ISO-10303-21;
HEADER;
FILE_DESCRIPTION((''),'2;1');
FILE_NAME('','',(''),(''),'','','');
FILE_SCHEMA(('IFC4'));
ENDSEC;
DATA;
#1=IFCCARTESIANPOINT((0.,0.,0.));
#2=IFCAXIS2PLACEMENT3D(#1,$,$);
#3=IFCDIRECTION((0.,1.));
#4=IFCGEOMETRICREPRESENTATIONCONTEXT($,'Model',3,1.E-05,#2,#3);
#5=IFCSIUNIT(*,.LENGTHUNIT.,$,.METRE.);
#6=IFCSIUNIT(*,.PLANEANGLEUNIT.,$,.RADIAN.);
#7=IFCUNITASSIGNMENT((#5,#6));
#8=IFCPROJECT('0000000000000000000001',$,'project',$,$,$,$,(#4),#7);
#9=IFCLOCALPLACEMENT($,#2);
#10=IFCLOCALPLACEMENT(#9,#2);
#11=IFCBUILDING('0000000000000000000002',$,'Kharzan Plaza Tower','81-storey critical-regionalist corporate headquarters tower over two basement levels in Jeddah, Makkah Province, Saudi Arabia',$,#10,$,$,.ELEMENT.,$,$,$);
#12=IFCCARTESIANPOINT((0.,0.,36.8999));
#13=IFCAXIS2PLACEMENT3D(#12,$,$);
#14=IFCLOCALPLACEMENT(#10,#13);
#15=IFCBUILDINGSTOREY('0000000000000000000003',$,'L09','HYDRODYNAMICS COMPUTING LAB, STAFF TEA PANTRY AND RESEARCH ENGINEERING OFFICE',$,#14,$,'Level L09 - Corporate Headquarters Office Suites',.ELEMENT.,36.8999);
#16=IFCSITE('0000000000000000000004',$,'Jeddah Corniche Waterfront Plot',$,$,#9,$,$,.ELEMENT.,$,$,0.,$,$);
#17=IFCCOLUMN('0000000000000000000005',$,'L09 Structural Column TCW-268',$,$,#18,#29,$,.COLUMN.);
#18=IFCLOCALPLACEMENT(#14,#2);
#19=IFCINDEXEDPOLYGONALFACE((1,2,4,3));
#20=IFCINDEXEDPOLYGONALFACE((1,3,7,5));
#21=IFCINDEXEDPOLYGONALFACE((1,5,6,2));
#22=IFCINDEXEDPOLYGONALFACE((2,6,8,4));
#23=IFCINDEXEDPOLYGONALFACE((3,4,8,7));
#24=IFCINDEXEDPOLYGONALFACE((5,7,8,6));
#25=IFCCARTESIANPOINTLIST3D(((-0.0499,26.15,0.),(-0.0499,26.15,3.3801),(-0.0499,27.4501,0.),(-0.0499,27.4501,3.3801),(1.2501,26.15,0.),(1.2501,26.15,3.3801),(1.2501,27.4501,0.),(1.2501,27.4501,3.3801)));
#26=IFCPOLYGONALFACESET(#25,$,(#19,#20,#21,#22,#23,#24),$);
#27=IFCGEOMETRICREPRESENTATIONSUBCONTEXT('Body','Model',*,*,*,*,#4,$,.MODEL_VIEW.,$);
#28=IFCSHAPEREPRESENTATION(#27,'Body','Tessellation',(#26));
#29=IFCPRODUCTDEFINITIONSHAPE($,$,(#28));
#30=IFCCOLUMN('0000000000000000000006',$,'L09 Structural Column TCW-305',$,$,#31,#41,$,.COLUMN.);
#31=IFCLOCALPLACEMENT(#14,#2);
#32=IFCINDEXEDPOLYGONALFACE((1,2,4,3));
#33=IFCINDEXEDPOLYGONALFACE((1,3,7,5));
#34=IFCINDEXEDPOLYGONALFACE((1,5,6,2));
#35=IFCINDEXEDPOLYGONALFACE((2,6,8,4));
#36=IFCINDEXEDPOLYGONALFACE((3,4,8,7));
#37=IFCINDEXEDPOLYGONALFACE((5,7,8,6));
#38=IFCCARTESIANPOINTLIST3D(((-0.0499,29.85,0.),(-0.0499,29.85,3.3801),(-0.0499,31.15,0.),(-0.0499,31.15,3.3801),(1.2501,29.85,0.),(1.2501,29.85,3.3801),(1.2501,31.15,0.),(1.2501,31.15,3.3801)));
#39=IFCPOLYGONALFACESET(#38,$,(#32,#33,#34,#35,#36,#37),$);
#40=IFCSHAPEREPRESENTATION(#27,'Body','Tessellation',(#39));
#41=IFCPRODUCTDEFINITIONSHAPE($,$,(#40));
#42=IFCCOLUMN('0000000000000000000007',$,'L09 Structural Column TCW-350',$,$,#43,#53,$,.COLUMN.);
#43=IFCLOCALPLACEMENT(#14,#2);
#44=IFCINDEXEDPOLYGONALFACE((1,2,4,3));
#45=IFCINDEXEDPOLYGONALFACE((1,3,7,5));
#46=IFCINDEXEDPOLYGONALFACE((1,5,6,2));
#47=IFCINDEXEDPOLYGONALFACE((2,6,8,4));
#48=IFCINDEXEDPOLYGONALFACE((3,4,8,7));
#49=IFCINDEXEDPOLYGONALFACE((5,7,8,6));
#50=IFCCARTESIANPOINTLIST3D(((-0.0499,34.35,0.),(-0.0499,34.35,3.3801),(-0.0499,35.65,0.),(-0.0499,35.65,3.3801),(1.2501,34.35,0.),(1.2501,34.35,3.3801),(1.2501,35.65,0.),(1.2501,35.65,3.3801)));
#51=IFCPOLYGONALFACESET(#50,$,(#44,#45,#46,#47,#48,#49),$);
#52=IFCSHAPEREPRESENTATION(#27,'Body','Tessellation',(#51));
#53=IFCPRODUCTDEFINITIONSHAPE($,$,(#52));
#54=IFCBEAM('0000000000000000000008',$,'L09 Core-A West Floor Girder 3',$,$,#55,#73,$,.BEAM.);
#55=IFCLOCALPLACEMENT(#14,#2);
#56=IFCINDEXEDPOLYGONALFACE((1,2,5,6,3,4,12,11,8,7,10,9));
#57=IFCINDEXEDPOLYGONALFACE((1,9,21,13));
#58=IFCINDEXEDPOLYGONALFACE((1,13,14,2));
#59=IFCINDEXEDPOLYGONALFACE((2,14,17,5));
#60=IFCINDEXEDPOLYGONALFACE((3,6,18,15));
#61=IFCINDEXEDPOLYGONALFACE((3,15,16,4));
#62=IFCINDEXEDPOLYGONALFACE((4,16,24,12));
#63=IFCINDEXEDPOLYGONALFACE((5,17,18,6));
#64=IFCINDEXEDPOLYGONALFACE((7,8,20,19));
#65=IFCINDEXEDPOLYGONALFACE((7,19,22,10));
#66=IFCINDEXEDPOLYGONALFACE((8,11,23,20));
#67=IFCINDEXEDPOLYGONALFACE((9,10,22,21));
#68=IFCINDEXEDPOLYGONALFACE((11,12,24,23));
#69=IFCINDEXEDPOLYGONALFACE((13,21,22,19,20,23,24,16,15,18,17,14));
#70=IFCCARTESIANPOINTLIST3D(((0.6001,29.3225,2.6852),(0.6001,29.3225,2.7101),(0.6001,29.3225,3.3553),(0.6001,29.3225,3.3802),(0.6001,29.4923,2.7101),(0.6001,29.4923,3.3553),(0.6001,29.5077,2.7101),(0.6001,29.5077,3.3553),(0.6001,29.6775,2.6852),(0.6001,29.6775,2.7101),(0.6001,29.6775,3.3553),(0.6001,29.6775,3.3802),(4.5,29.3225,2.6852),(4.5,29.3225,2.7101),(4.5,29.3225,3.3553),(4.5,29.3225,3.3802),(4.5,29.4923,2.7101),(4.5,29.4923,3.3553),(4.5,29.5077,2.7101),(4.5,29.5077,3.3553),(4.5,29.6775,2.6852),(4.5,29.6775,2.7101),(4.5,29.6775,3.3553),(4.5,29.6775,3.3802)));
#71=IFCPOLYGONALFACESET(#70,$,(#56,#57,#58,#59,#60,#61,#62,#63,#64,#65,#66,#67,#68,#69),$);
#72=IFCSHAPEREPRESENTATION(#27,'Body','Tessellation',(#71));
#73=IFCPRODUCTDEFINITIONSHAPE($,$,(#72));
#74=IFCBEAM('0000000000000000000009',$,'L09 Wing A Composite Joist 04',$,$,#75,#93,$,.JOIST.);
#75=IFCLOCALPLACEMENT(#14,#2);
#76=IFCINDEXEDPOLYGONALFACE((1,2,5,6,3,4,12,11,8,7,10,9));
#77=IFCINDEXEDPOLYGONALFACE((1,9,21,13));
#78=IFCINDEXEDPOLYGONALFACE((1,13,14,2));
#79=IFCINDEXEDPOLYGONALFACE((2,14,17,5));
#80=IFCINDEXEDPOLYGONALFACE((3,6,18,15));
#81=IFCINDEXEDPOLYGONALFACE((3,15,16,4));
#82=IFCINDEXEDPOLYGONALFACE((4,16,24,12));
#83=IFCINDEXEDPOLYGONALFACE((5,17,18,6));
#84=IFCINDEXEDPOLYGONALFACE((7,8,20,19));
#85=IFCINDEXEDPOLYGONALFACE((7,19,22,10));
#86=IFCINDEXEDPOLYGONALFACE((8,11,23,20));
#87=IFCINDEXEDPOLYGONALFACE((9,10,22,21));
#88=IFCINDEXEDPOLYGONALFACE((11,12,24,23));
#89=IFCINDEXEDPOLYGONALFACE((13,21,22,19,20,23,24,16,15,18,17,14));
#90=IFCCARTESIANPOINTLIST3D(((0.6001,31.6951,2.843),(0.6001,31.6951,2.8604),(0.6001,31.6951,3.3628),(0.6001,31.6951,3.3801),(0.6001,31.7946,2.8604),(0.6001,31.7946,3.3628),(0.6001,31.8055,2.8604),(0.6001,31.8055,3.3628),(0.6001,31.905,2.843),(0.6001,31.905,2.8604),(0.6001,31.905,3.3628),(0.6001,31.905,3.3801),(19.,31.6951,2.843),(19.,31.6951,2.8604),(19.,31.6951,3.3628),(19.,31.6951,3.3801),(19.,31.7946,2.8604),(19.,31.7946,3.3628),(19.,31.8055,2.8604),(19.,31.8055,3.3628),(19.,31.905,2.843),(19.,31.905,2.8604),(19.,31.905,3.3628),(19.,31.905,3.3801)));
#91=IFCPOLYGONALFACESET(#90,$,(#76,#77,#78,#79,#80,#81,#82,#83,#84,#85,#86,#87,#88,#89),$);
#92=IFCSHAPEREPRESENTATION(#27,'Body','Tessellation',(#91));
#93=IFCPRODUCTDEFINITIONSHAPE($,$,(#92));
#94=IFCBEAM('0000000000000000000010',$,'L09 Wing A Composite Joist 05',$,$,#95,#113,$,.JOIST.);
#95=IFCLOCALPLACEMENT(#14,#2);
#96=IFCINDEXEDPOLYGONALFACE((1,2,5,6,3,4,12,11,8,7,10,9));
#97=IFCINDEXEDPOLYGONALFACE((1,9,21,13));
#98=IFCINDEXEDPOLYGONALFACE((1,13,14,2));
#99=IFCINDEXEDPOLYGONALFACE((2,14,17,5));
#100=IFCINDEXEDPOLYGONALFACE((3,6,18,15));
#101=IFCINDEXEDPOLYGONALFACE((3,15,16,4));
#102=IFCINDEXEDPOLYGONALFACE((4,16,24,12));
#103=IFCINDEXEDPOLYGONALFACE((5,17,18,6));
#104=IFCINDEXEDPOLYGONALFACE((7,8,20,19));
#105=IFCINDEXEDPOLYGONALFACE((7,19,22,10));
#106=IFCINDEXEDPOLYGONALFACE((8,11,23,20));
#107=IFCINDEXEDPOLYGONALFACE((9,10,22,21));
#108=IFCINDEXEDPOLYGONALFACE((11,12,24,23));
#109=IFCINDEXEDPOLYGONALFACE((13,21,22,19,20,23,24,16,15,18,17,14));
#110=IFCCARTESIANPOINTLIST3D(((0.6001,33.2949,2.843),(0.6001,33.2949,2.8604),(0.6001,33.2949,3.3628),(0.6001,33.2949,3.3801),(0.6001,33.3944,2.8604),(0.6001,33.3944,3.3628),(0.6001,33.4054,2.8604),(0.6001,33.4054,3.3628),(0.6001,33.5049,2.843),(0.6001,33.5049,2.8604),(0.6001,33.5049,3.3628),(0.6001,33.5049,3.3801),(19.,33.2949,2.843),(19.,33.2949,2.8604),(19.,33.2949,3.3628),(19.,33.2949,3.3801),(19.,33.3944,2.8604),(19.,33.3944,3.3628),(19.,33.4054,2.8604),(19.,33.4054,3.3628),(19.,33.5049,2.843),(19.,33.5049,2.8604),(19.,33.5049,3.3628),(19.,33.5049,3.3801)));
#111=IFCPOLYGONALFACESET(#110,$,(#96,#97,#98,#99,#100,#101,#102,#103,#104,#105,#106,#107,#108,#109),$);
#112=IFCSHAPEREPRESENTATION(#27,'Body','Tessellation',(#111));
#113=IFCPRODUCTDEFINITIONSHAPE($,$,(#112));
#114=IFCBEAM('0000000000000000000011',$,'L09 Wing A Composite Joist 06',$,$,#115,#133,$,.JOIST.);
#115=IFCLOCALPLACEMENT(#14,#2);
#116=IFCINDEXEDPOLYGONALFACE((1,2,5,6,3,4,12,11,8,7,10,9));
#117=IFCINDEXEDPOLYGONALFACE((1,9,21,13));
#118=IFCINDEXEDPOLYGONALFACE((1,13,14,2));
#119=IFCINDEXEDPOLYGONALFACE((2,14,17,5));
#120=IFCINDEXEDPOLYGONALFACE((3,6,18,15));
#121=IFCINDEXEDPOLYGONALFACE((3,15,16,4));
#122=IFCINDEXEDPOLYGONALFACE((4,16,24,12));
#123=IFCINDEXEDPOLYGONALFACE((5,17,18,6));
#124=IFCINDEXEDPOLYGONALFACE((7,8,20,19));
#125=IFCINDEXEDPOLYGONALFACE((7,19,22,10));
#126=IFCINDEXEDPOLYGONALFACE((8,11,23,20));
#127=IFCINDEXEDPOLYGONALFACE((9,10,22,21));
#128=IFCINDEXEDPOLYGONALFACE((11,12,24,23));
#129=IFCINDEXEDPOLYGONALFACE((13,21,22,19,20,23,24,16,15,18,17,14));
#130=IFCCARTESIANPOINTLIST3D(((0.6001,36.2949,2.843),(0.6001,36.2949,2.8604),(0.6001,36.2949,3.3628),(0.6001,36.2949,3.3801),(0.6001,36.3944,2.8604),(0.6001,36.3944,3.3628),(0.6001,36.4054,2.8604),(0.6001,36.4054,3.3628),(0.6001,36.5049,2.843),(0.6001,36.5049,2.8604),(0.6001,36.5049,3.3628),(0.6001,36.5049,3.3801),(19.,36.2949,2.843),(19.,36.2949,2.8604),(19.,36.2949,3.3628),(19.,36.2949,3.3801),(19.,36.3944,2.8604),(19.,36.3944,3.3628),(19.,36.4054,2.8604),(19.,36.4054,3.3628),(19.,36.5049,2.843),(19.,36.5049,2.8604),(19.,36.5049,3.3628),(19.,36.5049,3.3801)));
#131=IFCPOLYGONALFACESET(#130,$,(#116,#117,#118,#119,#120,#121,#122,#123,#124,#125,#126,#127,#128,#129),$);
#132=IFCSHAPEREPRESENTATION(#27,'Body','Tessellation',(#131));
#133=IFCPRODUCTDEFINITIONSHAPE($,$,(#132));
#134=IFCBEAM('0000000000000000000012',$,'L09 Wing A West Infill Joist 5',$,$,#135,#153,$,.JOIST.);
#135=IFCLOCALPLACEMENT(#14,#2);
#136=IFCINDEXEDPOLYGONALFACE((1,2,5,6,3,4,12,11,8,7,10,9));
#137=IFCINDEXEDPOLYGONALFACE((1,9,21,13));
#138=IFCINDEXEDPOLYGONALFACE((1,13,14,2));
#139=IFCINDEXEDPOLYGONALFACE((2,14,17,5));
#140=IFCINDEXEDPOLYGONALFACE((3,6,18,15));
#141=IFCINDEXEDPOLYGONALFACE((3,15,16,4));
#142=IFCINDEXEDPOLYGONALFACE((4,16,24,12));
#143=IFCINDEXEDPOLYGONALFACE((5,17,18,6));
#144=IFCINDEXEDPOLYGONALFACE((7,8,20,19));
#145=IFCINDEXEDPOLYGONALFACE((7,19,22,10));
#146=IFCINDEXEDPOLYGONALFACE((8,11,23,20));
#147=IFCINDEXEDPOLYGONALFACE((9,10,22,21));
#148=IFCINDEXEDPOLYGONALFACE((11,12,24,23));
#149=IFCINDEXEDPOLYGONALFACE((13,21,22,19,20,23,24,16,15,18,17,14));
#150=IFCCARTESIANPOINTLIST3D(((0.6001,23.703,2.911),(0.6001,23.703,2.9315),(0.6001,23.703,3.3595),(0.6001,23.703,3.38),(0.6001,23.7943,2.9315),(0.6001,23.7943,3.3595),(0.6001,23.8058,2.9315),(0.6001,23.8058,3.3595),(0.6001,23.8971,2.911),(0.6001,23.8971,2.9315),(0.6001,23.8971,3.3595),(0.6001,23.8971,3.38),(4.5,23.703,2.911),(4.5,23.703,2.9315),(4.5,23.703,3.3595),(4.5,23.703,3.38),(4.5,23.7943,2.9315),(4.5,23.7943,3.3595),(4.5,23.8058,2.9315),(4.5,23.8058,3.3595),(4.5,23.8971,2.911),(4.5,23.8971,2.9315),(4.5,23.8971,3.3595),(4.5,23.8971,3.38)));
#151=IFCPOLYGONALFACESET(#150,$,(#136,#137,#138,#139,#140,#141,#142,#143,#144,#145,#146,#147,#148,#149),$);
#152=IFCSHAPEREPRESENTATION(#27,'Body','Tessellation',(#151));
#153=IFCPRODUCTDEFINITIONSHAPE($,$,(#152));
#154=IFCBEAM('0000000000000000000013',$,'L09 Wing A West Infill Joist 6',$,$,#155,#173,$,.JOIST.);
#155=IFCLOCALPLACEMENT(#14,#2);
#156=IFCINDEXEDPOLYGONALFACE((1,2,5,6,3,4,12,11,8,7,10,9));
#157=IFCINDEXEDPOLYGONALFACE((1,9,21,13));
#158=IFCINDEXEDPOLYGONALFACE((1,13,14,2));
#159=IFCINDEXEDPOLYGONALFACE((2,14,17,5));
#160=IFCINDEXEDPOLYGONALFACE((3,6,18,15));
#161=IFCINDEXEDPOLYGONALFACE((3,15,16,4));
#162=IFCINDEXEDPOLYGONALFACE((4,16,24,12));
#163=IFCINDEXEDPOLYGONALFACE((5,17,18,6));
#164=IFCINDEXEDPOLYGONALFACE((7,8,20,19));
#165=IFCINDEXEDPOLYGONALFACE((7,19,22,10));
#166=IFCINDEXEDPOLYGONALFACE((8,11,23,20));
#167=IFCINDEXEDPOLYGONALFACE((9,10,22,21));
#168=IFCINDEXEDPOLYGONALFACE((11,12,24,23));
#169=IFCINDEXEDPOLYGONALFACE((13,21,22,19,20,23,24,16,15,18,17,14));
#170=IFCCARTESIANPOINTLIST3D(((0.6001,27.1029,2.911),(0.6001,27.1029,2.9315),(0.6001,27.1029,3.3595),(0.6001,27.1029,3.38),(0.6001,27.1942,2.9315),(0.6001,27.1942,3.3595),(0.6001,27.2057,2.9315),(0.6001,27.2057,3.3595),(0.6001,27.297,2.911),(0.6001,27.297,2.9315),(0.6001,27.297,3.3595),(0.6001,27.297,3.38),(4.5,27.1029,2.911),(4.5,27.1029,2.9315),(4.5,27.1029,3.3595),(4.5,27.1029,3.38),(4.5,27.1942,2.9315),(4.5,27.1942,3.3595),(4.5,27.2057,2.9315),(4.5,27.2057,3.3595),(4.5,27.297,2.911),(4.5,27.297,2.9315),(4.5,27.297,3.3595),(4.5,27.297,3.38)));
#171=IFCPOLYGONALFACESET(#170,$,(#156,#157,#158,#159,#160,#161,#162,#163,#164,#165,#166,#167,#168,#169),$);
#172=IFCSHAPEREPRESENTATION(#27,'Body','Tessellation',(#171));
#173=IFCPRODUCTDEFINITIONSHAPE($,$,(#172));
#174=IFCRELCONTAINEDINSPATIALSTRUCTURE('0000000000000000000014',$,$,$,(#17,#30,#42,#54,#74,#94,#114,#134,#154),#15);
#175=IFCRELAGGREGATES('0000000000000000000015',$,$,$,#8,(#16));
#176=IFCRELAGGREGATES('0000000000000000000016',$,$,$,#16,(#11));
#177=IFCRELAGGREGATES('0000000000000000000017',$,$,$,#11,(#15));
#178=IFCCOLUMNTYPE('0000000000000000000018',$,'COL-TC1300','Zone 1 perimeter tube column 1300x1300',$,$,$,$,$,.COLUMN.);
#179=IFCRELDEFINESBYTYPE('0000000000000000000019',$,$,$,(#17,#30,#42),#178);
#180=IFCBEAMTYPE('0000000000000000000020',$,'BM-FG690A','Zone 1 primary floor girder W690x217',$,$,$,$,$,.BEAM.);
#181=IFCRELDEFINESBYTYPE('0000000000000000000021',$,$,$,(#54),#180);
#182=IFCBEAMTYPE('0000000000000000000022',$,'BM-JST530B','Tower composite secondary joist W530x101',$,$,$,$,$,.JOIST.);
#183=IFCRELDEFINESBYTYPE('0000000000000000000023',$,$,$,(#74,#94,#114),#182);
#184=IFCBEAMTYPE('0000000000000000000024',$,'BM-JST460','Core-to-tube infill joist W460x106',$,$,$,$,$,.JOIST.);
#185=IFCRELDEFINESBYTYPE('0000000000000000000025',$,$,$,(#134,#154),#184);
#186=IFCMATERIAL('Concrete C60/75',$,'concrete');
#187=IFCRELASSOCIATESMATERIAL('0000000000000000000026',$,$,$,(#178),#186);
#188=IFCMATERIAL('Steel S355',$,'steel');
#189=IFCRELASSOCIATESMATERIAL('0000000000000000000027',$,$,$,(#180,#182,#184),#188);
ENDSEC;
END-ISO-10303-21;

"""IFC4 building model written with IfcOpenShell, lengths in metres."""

from ifc_helpers import new_model, si_unit, direction, frame, origin, origin_2d, place, context, subcontext, project, spatial, rectangle, i_section, extrude, source, transform, mapped, material, material_profile, profile_set, type_object, element, save


model = new_model("IFC4")

# Units and contexts
model_context = context("Model", 3, precision=1e-05, world=origin(), true_north=direction((0.0, 1.0)))
body_context = subcontext(model_context, "Body", "Model", "MODEL_VIEW")
ifc_project = project(units=[si_unit("LENGTHUNIT", "METRE"), si_unit("PLANEANGLEUNIT", "RADIAN")], contexts=[model_context])

# Site, building, storey
site_placement = place(None, origin())
site = spatial("IfcSite", under=ifc_project, at=site_placement, Name="Jeddah Corniche Waterfront Plot", CompositionType="ELEMENT", RefElevation=0.0)
building_placement = place(site_placement, origin())
building = spatial("IfcBuilding", under=site, at=building_placement, Name="Kharzan Plaza Tower", Description="81-storey critical-regionalist corporate headquarters tower over two basement levels in Jeddah, Makkah Province, Saudi Arabia", CompositionType="ELEMENT")
storey_placement = place(building_placement, frame((0.0, 0.0, 36.8999)))
storey = spatial("IfcBuildingStorey", under=building, at=storey_placement, Name="L09", Description="HYDRODYNAMICS COMPUTING LAB, STAFF TEA PANTRY AND RESEARCH ENGINEERING OFFICE", LongName="Level L09 - Corporate Headquarters Office Suites", CompositionType="ELEMENT", Elevation=36.8999)

# Columns
ifc_material_1 = material(Name="Concrete C60/75", Category="concrete")
ifc_material_profile_1 = material_profile(ifc_material_1, rectangle(XDim=1.3, YDim=1.3, at=origin_2d()), Name="RC-TC1300x1300")
ifc_profile_set_1 = profile_set([ifc_material_profile_1], Name="Concrete C60/75")
column_type = type_object("IfcColumnType", Name="COL-TC1300", Description="Zone 1 perimeter tube column 1300x1300", PredefinedType="COLUMN", material=ifc_profile_set_1)
shared_shape_1 = source(origin(), body_context, "Body", "SweptSolid", [
    extrude(rectangle(XDim=1.3, YDim=1.3, at=origin_2d()), origin(), (0.0, 0.0, 1.0), 3.3801),
])
for number, where, z_axis, x_axis, name in (
    (1, (0.6001, 26.8, 0.0), (0.0, 0.0, 1.0), (1.0, 0.0, 0.0), "L09 Structural Column TCW-268"),
    (2, (0.6001, 30.5, 0.0), (0.0, 0.0, 1.0), (1.0, 0.0, 0.0), "L09 Structural Column TCW-305"),
    (3, (0.6001, 35.0, 0.0), (0.0, 0.0, 1.0), (1.0, 0.0, 0.0), "L09 Structural Column TCW-350"),
):
    element("IfcColumn", number, at=place(storey_placement, frame(where, z_axis=z_axis, x_axis=x_axis)), inside=storey, type_object=column_type, Name=name, PredefinedType="COLUMN", context=body_context, shape_type="MappedRepresentation", body=[
        mapped(shared_shape_1, transform((0.0, 0.0, 0.0), x_axis=(1.0, 0.0, 0.0), y_axis=(0.0, 1.0, 0.0), z_axis=(0.0, 0.0, 1.0))),
    ])

# Beams
ifc_material_2 = material(Name="Steel S355", Category="steel")
ifc_material_profile_2 = material_profile(ifc_material_2, i_section(OverallWidth=0.355, OverallDepth=0.6951, WebThickness=0.0154, FlangeThickness=0.0249, at=origin_2d()), Name="W690x217")
ifc_profile_set_2 = profile_set([ifc_material_profile_2], Name="Steel S355")
beam_type_1 = type_object("IfcBeamType", Name="BM-FG690A", Description="Zone 1 primary floor girder W690x217", PredefinedType="BEAM", material=ifc_profile_set_2)
shared_shape_2 = source(origin(), body_context, "Body", "SweptSolid", [
    extrude(i_section(OverallWidth=0.355, OverallDepth=0.6951, WebThickness=0.0154, FlangeThickness=0.0249, at=origin_2d()), origin(), (0.0, 0.0, 1.0), 3.8999),
])
beam_1_placement = place(storey_placement, frame((0.6001, 29.5, 3.0327), z_axis=(1.0, 0.0, 0.0), x_axis=(0.0, 1.0, 0.0)))
element("IfcBeam", 4, at=beam_1_placement, inside=storey, type_object=beam_type_1, Name="L09 Core-A West Floor Girder 3", PredefinedType="BEAM", context=body_context, shape_type="MappedRepresentation", body=[
    mapped(shared_shape_2, transform((0.0, 0.0, 0.0), x_axis=(1.0, 0.0, 0.0), y_axis=(0.0, 1.0, 0.0), z_axis=(0.0, 0.0, 1.0))),
])
ifc_material_profile_3 = material_profile(ifc_material_2, i_section(OverallWidth=0.21, OverallDepth=0.5371, WebThickness=0.011, FlangeThickness=0.0173, at=origin_2d()), Name="W530x101")
ifc_profile_set_3 = profile_set([ifc_material_profile_3], Name="Steel S355")
beam_type_2 = type_object("IfcBeamType", Name="BM-JST530B", Description="Tower composite secondary joist W530x101", PredefinedType="JOIST", material=ifc_profile_set_3)
shared_shape_3 = source(origin(), body_context, "Body", "SweptSolid", [
    extrude(i_section(OverallWidth=0.21, OverallDepth=0.5371, WebThickness=0.011, FlangeThickness=0.0173, at=origin_2d()), origin(), (0.0, 0.0, 1.0), 18.3999),
])
for number, where, z_axis, x_axis, name in (
    (5, (0.6001, 31.8, 3.1116), (1.0, 0.0, 0.0), (0.0, 1.0, 0.0), "L09 Wing A Composite Joist 04"),
    (6, (0.6001, 33.3999, 3.1116), (1.0, 0.0, 0.0), (0.0, 1.0, 0.0), "L09 Wing A Composite Joist 05"),
    (7, (0.6001, 36.3999, 3.1116), (1.0, 0.0, 0.0), (0.0, 1.0, 0.0), "L09 Wing A Composite Joist 06"),
):
    element("IfcBeam", number, at=place(storey_placement, frame(where, z_axis=z_axis, x_axis=x_axis)), inside=storey, type_object=beam_type_2, Name=name, PredefinedType="JOIST", context=body_context, shape_type="MappedRepresentation", body=[
        mapped(shared_shape_3, transform((0.0, 0.0, 0.0), x_axis=(1.0, 0.0, 0.0), y_axis=(0.0, 1.0, 0.0), z_axis=(0.0, 0.0, 1.0))),
    ])
ifc_material_profile_4 = material_profile(ifc_material_2, i_section(OverallWidth=0.1941, OverallDepth=0.469, WebThickness=0.0115, FlangeThickness=0.0205, at=origin_2d()), Name="W460x106")
ifc_profile_set_4 = profile_set([ifc_material_profile_4], Name="Steel S355")
beam_type_3 = type_object("IfcBeamType", Name="BM-JST460", Description="Core-to-tube infill joist W460x106", PredefinedType="JOIST", material=ifc_profile_set_4)
shared_shape_4 = source(origin(), body_context, "Body", "SweptSolid", [
    extrude(i_section(OverallWidth=0.1941, OverallDepth=0.469, WebThickness=0.0115, FlangeThickness=0.0205, at=origin_2d()), origin(), (0.0, 0.0, 1.0), 3.8999),
])
for number, where, z_axis, x_axis, name in (
    (8, (0.6001, 23.8, 3.1455), (1.0, 0.0, 0.0), (0.0, 1.0, 0.0), "L09 Wing A West Infill Joist 5"),
    (9, (0.6001, 27.2, 3.1455), (1.0, 0.0, 0.0), (0.0, 1.0, 0.0), "L09 Wing A West Infill Joist 6"),
):
    element("IfcBeam", number, at=place(storey_placement, frame(where, z_axis=z_axis, x_axis=x_axis)), inside=storey, type_object=beam_type_3, Name=name, PredefinedType="JOIST", context=body_context, shape_type="MappedRepresentation", body=[
        mapped(shared_shape_4, transform((0.0, 0.0, 0.0), x_axis=(1.0, 0.0, 0.0), y_axis=(0.0, 1.0, 0.0), z_axis=(0.0, 0.0, 1.0))),
    ])

save(model, "model.ifc")
